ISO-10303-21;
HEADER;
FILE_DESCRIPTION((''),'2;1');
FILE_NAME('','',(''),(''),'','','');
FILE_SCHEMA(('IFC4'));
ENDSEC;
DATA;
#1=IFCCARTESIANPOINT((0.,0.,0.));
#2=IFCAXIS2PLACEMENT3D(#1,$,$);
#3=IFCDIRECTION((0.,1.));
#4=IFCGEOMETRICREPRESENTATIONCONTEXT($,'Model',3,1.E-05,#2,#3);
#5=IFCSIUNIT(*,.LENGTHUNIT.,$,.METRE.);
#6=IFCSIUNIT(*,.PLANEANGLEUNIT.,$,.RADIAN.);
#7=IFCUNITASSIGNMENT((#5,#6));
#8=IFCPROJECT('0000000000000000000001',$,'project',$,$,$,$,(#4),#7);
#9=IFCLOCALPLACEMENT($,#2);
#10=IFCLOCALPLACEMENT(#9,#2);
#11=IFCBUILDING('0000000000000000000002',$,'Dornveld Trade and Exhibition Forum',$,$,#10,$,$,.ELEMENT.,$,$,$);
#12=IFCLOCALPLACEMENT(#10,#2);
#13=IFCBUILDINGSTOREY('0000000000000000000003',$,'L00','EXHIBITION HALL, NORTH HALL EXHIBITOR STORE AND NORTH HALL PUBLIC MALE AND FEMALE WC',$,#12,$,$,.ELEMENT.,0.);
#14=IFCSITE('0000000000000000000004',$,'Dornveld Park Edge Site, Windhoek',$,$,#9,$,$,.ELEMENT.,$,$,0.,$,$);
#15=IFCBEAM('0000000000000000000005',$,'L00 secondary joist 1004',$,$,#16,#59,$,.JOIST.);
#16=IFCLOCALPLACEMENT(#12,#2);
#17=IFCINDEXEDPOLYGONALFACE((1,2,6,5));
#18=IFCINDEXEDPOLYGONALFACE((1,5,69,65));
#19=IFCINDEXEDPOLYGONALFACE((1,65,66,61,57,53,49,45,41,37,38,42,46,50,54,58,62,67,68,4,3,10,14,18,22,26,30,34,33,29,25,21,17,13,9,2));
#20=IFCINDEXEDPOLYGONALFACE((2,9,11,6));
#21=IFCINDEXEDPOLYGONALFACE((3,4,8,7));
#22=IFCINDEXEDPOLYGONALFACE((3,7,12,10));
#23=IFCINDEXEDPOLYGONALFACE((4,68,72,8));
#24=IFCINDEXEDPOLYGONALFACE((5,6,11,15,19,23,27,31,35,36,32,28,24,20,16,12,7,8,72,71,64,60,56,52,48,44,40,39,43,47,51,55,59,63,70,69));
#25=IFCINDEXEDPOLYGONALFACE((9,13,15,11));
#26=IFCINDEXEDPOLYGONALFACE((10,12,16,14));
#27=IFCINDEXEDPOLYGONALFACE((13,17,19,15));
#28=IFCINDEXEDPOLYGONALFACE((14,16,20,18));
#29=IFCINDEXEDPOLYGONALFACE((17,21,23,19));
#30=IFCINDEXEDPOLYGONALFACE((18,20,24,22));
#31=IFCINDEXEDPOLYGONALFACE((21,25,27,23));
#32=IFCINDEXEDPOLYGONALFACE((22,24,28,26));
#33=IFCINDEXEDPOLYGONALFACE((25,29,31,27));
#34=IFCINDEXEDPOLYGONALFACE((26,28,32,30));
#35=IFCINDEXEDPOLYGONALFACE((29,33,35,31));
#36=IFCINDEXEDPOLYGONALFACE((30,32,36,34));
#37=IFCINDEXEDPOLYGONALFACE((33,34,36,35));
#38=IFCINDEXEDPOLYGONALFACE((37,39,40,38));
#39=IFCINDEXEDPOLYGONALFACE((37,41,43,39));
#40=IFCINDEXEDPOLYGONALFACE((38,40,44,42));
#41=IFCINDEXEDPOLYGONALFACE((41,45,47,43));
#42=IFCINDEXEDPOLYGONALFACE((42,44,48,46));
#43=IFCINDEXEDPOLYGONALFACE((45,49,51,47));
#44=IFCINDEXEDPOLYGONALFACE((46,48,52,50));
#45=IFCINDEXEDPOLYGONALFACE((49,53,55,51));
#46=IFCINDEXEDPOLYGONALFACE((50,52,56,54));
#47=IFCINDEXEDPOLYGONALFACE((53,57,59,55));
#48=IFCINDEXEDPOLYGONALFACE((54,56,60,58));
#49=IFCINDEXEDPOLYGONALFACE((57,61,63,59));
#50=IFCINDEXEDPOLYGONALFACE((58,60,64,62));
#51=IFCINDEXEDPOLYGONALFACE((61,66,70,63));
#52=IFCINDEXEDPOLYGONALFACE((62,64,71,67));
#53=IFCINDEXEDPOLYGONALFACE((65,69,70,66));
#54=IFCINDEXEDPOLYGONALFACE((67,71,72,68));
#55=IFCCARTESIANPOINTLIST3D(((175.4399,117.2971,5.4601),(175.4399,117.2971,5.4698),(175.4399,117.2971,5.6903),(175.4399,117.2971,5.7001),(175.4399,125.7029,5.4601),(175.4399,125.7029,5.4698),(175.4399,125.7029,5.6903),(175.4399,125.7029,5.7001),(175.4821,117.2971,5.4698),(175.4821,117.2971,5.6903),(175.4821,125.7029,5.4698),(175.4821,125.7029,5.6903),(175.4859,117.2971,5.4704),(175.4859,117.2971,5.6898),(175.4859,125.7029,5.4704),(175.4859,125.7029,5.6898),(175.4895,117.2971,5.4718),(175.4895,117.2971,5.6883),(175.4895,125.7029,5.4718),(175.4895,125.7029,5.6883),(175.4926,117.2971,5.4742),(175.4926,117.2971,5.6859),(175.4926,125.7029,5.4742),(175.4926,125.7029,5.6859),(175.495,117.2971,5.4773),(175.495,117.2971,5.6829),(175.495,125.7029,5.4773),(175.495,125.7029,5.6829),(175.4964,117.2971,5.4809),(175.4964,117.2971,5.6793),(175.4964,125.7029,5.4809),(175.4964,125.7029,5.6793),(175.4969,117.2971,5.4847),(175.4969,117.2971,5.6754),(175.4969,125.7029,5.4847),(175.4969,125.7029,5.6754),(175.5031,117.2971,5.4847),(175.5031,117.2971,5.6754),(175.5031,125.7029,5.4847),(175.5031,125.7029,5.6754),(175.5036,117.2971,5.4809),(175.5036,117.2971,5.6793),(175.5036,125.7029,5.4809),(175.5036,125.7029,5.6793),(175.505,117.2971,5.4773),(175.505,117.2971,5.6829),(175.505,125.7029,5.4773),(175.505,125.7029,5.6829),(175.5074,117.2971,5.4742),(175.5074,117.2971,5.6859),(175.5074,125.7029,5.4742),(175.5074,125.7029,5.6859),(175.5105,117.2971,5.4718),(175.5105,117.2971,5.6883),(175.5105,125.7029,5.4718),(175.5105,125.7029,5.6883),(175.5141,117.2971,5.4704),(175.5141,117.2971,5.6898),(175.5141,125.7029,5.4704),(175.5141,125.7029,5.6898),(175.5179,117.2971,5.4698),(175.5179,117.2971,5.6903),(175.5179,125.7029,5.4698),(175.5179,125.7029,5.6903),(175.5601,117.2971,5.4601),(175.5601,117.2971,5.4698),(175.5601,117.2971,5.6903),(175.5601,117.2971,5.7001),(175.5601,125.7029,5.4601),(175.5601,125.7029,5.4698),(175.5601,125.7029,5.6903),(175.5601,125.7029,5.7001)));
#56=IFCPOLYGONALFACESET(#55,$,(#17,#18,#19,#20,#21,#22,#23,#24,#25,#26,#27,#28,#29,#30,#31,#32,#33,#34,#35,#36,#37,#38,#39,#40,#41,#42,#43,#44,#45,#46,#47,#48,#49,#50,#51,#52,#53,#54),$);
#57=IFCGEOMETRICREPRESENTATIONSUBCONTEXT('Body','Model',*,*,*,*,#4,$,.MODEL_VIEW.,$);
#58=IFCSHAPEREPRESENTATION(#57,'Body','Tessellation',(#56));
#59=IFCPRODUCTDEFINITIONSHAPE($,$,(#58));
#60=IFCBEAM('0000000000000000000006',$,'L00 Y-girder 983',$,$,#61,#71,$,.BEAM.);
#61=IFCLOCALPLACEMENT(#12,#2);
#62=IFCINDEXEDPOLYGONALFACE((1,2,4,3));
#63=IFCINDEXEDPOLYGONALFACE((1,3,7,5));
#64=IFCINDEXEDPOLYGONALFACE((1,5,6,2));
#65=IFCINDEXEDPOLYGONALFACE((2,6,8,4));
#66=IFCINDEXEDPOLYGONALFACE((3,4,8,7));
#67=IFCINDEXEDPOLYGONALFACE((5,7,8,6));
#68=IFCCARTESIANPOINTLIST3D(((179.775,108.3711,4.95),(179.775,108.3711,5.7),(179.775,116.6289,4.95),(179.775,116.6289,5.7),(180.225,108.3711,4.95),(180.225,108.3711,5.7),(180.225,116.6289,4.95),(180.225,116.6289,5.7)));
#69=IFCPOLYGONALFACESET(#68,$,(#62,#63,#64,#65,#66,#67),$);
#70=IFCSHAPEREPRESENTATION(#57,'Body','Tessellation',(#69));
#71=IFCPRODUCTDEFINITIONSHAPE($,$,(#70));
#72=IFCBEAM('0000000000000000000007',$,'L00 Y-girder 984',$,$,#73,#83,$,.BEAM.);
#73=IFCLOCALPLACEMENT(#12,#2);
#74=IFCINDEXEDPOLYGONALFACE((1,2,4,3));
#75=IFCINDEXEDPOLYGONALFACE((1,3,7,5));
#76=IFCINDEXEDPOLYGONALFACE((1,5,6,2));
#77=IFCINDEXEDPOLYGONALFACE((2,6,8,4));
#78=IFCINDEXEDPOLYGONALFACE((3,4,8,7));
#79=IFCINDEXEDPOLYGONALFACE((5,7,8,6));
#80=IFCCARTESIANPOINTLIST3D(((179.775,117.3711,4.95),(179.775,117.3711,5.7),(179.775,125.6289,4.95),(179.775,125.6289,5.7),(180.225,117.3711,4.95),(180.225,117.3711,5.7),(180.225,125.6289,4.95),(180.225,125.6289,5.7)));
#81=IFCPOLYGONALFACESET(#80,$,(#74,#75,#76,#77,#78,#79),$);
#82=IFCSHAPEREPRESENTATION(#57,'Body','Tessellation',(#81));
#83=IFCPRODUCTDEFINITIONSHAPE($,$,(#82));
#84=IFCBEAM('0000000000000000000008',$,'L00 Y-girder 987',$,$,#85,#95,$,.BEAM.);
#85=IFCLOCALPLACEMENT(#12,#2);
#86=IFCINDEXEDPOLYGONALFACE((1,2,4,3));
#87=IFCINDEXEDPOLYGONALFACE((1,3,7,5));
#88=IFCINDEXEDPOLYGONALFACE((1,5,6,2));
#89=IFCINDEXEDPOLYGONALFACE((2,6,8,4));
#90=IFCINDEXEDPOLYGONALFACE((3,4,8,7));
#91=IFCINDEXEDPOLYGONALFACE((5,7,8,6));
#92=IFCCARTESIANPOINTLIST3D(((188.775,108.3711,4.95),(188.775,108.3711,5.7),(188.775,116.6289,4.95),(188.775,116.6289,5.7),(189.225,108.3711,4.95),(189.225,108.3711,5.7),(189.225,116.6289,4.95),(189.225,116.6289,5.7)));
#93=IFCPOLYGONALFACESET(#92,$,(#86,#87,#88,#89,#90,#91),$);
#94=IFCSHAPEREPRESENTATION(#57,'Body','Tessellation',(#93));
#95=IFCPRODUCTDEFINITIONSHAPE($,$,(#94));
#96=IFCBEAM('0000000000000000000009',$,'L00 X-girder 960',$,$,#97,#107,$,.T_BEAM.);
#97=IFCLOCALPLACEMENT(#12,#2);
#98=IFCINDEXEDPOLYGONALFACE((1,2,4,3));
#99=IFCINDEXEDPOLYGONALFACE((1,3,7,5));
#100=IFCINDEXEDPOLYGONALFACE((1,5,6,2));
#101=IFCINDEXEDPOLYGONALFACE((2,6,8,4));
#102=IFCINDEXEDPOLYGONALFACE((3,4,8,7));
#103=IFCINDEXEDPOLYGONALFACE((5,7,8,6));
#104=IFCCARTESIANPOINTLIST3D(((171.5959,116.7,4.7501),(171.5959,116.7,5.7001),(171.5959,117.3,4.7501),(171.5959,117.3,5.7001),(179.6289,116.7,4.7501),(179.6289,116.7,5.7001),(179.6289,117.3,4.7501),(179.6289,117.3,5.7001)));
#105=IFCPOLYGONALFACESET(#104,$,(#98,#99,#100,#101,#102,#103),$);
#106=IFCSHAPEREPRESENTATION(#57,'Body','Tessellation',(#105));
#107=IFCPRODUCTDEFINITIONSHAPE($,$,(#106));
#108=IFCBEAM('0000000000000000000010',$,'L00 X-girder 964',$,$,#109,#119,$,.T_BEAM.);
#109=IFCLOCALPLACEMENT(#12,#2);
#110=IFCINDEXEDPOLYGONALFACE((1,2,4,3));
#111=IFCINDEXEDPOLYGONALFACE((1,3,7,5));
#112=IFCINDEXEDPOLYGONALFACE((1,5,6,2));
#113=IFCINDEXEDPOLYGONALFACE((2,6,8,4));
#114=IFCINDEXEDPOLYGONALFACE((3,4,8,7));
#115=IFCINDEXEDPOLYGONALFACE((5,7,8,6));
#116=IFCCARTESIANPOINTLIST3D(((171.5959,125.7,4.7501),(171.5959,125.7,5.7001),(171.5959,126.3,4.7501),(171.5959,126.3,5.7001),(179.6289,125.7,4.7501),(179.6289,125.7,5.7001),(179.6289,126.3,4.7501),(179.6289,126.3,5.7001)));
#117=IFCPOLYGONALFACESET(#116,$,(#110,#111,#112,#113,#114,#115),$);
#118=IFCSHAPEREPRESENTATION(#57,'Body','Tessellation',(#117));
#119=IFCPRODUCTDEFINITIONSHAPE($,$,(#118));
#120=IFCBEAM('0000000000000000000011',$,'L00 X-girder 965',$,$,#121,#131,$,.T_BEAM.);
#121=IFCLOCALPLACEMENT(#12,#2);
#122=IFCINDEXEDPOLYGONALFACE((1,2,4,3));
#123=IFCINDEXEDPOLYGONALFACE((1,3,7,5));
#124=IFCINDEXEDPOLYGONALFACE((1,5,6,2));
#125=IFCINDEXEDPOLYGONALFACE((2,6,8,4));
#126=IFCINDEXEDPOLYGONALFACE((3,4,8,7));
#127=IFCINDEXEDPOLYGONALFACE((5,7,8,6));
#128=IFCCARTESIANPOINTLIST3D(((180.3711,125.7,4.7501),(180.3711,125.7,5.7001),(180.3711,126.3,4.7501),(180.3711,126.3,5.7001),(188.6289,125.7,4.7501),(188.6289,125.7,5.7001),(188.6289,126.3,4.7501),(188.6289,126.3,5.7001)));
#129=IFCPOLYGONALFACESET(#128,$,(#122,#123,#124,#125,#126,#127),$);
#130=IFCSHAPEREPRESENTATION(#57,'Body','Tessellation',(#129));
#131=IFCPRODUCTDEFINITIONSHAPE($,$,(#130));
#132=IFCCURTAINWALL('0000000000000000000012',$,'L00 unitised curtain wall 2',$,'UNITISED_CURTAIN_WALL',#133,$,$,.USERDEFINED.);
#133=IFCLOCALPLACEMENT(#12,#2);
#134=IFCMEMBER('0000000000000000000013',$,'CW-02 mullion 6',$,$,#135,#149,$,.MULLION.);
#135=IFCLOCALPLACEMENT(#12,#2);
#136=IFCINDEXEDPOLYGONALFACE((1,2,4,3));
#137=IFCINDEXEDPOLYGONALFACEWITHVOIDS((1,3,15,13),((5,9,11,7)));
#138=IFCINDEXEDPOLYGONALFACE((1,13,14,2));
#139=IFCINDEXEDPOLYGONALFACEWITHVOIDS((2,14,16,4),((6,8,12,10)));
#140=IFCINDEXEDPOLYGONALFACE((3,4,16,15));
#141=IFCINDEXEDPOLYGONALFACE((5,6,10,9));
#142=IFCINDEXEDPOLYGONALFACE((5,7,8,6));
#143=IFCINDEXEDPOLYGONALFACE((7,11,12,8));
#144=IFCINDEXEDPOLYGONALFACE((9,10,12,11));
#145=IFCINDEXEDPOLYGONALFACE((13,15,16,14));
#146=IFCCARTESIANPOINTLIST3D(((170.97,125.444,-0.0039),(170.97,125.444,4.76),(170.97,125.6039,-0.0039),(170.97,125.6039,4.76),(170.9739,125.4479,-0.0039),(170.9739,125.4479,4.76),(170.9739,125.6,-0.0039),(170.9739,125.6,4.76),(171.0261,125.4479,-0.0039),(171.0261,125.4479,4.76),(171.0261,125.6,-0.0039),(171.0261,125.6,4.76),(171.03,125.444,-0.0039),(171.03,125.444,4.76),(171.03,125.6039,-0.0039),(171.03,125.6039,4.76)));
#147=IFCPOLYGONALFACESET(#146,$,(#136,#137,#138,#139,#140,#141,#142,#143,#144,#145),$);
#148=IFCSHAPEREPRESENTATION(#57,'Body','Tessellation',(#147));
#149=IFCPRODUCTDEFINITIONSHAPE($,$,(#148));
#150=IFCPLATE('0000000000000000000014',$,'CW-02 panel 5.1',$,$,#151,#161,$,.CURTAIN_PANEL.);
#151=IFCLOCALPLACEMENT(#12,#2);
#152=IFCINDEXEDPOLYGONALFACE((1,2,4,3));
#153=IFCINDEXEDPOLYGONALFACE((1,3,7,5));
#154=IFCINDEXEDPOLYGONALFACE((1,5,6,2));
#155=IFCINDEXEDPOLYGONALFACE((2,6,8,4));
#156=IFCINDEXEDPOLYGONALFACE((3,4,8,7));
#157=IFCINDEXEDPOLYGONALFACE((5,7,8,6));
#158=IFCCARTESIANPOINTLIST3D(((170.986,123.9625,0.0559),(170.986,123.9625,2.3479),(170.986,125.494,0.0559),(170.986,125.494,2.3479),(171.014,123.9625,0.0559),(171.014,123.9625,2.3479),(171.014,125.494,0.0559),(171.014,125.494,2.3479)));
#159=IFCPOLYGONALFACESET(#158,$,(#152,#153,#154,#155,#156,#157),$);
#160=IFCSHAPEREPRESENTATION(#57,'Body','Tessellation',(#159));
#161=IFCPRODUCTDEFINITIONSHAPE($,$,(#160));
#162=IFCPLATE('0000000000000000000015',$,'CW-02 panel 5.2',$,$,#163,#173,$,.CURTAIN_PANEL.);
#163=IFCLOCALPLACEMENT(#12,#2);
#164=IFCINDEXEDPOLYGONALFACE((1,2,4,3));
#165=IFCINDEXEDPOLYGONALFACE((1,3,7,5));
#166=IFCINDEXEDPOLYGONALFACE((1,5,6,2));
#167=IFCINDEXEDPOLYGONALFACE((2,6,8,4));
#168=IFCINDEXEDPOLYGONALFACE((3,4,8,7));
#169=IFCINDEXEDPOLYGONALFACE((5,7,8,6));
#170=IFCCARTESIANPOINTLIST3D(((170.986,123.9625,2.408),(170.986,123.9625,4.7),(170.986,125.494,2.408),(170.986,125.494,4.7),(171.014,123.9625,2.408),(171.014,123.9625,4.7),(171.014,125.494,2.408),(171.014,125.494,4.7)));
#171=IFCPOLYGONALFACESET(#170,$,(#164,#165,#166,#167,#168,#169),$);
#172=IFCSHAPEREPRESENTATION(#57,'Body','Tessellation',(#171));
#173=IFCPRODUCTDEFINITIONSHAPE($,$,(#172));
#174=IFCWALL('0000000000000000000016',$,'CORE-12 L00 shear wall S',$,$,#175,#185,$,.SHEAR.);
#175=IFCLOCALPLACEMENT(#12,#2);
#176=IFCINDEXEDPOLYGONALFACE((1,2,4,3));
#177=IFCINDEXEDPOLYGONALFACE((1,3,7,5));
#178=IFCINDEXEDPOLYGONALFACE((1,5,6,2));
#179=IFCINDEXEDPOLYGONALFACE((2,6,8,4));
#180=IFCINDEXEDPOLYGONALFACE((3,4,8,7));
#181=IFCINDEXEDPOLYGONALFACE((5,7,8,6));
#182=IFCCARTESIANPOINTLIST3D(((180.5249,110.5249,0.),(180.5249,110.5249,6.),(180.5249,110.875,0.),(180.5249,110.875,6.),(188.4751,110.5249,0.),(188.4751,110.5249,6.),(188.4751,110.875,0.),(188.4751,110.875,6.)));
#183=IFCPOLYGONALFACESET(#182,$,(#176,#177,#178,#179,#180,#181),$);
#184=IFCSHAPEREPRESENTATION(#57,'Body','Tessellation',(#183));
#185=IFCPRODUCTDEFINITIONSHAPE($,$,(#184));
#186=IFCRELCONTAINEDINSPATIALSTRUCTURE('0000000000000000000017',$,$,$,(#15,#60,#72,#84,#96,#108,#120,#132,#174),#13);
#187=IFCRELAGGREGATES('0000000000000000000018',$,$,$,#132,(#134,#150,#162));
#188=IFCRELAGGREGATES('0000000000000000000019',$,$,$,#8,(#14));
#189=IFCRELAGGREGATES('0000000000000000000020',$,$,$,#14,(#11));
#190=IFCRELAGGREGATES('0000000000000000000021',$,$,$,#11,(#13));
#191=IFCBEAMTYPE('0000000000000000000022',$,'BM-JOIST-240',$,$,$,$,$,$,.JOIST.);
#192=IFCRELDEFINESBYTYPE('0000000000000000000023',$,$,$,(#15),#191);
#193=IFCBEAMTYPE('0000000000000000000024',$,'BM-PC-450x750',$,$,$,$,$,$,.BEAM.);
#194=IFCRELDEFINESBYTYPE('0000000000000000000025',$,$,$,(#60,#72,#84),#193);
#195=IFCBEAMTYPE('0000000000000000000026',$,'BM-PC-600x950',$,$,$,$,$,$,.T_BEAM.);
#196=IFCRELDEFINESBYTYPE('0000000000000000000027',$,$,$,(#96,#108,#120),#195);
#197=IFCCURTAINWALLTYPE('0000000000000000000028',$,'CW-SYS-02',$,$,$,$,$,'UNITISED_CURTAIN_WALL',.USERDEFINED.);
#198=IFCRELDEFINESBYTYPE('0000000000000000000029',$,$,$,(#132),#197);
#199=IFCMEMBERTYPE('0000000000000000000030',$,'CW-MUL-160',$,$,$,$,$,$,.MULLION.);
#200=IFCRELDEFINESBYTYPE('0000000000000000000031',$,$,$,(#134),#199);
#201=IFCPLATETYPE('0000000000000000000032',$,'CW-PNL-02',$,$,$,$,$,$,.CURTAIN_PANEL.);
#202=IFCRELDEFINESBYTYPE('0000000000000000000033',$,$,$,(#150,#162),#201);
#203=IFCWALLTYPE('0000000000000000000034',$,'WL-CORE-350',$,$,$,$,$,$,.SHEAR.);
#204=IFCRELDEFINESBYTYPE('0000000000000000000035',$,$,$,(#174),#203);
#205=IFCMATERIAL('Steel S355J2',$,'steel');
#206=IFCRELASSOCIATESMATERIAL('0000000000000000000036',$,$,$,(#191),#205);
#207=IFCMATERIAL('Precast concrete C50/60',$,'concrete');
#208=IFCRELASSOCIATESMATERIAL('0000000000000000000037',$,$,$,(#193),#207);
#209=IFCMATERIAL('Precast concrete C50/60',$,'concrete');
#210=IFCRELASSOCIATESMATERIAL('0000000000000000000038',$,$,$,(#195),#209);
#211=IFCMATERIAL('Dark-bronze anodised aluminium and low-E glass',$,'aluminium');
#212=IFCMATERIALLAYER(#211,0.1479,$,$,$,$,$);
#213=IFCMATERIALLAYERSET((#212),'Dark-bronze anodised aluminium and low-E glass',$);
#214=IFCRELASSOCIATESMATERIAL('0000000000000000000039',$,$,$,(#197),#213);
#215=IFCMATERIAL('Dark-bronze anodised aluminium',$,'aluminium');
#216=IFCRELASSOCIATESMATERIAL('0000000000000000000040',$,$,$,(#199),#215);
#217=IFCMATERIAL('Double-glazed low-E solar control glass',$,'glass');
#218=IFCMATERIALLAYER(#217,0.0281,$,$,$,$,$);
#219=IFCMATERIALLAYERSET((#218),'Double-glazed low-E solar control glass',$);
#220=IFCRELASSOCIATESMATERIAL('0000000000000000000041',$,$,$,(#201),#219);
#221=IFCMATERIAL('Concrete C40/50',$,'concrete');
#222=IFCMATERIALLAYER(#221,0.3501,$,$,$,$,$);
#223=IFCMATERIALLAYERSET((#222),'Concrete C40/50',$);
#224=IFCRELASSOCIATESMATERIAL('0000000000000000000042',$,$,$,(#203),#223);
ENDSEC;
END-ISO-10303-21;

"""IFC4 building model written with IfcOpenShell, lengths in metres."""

from ifc_helpers import new_model, si_unit, direction, frame, frame_2d, origin, origin_2d, place, context, subcontext, project, spatial, rectangle, hollow_rectangle, i_section, extrude, material, layer, layer_set, material_profile, profile_set, type_object, element, aggregate, save


model = new_model("IFC4")

# Units and contexts
model_context = context("Model", 3, precision=1e-05, world=origin(), true_north=direction((0.0, 1.0)))
body_context = subcontext(model_context, "Body", "Model", "MODEL_VIEW")
ifc_project = project(units=[si_unit("LENGTHUNIT", "METRE"), si_unit("PLANEANGLEUNIT", "RADIAN")], contexts=[model_context])

# Site, building, storey
site_placement = place(None, origin())
site = spatial("IfcSite", under=ifc_project, at=site_placement, Name="Dornveld Park Edge Site, Windhoek", CompositionType="ELEMENT", RefElevation=0.0)
building_placement = place(site_placement, origin())
building = spatial("IfcBuilding", under=site, at=building_placement, Name="Dornveld Trade and Exhibition Forum", CompositionType="ELEMENT")
storey_placement = place(building_placement, origin())
storey = spatial("IfcBuildingStorey", under=building, at=storey_placement, Name="L00", Description="EXHIBITION HALL, NORTH HALL EXHIBITOR STORE AND NORTH HALL PUBLIC MALE AND FEMALE WC", CompositionType="ELEMENT", Elevation=0.0)

# Beams
ifc_material_1 = material(Name="Steel S355J2", Category="steel")
ifc_material_profile_1 = material_profile(ifc_material_1, i_section(OverallWidth=0.1201, OverallDepth=0.24, WebThickness=0.0061, FlangeThickness=0.0098, FilletRadius=0.0149, at=origin_2d()), Name="IPE 240")
ifc_profile_set_1 = profile_set([ifc_material_profile_1], Name="Steel S355J2")
beam_type_1 = type_object("IfcBeamType", Name="BM-JOIST-240", PredefinedType="JOIST", material=ifc_profile_set_1)
for number, where, z_axis, x_axis, name in (
    (1, (175.5, 117.2971, 5.5801), (0.0, 1.0, 0.0), (-1.0, 0.0, 0.0), "L00 secondary joist 1004"),
):
    element("IfcBeam", number, at=place(storey_placement, frame(where, z_axis=z_axis, x_axis=x_axis)), inside=storey, type_object=beam_type_1, Name=name, PredefinedType="JOIST", context=body_context, shape_type="SweptSolid", body=[
        extrude(i_section(OverallWidth=0.1201, OverallDepth=0.24, WebThickness=0.0061, FlangeThickness=0.0098, FilletRadius=0.0149, at=origin_2d()), origin(), (0.0, 0.0, 1.0), 8.4058),
    ])
ifc_material_2 = material(Name="Precast concrete C50/60", Category="concrete")
ifc_material_profile_2 = material_profile(ifc_material_2, rectangle(XDim=0.45, YDim=0.75, at=origin_2d()), Name="PC-BM 450x750")
ifc_profile_set_2 = profile_set([ifc_material_profile_2], Name="Precast concrete C50/60")
beam_type_2 = type_object("IfcBeamType", Name="BM-PC-450x750", PredefinedType="BEAM", material=ifc_profile_set_2)
for number, where, z_axis, x_axis, name in (
    (2, (180.0, 108.3711, 5.325), (0.0, 1.0, 0.0), (-1.0, 0.0, 0.0), "L00 Y-girder 983"),
    (3, (180.0, 117.3711, 5.325), (0.0, 1.0, 0.0), (-1.0, 0.0, 0.0), "L00 Y-girder 984"),
    (4, (189.0, 108.3711, 5.325), (0.0, 1.0, 0.0), (-1.0, 0.0, 0.0), "L00 Y-girder 987"),
):
    element("IfcBeam", number, at=place(storey_placement, frame(where, z_axis=z_axis, x_axis=x_axis)), inside=storey, type_object=beam_type_2, Name=name, PredefinedType="BEAM", context=body_context, shape_type="SweptSolid", body=[
        extrude(rectangle(XDim=0.45, YDim=0.75, at=origin_2d()), origin(), (0.0, 0.0, 1.0), 8.2578),
    ])
ifc_material_3 = material(Name="Precast concrete C50/60", Category="concrete")
ifc_material_profile_3 = material_profile(ifc_material_3, rectangle(XDim=0.6001, YDim=0.95, at=origin_2d()), Name="PC-GIR 600x950")
ifc_profile_set_3 = profile_set([ifc_material_profile_3], Name="Precast concrete C50/60")
beam_type_3 = type_object("IfcBeamType", Name="BM-PC-600x950", PredefinedType="T_BEAM", material=ifc_profile_set_3)
for number, where, z_axis, x_axis, name in (
    (5, (171.5959, 117.0, 5.2251), (1.0, 0.0, 0.0), (0.0, 1.0, 0.0), "L00 X-girder 960"),
    (6, (171.5959, 126.0, 5.2251), (1.0, 0.0, 0.0), (0.0, 1.0, 0.0), "L00 X-girder 964"),
):
    element("IfcBeam", number, at=place(storey_placement, frame(where, z_axis=z_axis, x_axis=x_axis)), inside=storey, type_object=beam_type_3, Name=name, PredefinedType="T_BEAM", context=body_context, shape_type="SweptSolid", body=[
        extrude(rectangle(XDim=0.6001, YDim=0.95, at=origin_2d()), origin(), (0.0, 0.0, 1.0), 8.033),
    ])
beam_placement = place(storey_placement, frame((180.3711, 126.0, 5.2251), z_axis=(1.0, 0.0, 0.0), x_axis=(0.0, 1.0, 0.0)))
element("IfcBeam", 7, at=beam_placement, inside=storey, type_object=beam_type_3, Name="L00 X-girder 965", PredefinedType="T_BEAM", context=body_context, shape_type="SweptSolid", body=[
    extrude(rectangle(XDim=0.6001, YDim=0.95, at=origin_2d()), origin(), (0.0, 0.0, 1.0), 8.2578),
])

# Curtain wall, member, plates
ifc_material_4 = material(Name="Dark-bronze anodised aluminium and low-E glass", Category="aluminium")
ifc_layer_1 = layer(ifc_material_4, 0.1479)
ifc_layer_set_1 = layer_set([ifc_layer_1], Name="Dark-bronze anodised aluminium and low-E glass")
curtain_wall_type = type_object("IfcCurtainWallType", Name="CW-SYS-02", ElementType="UNITISED_CURTAIN_WALL", PredefinedType="USERDEFINED", material=ifc_layer_set_1)
curtain_wall_placement = place(storey_placement, origin())
curtain_wall = element("IfcCurtainWall", 8, at=curtain_wall_placement, inside=storey, type_object=curtain_wall_type, Name="L00 unitised curtain wall 2", ObjectType="UNITISED_CURTAIN_WALL", PredefinedType="USERDEFINED")
ifc_material_5 = material(Name="Dark-bronze anodised aluminium", Category="aluminium")
ifc_material_profile_4 = material_profile(ifc_material_5, hollow_rectangle(XDim=0.0601, YDim=0.1599, WallThickness=0.0039, at=origin_2d()), Name="RHS 160x60x4")
ifc_profile_set_4 = profile_set([ifc_material_profile_4], Name="Dark-bronze anodised aluminium")
member_type = type_object("IfcMemberType", Name="CW-MUL-160", PredefinedType="MULLION", material=ifc_profile_set_4)
member_placement = place(storey_placement, frame((171.0, 125.5239, -0.0039), z_axis=(0.0, 0.0, 1.0), x_axis=(-1.0, 0.0, 0.0)))
member = element("IfcMember", 9, at=member_placement, type_object=member_type, Name="CW-02 mullion 6", PredefinedType="MULLION", context=body_context, shape_type="SweptSolid", body=[
    extrude(hollow_rectangle(XDim=0.0601, YDim=0.1599, WallThickness=0.0039, at=origin_2d()), origin(), (0.0, 0.0, 1.0), 4.7639),
])
ifc_material_6 = material(Name="Double-glazed low-E solar control glass", Category="glass")
ifc_layer_2 = layer(ifc_material_6, 0.0281)
ifc_layer_set_2 = layer_set([ifc_layer_2], Name="Double-glazed low-E solar control glass")
plate_type = type_object("IfcPlateType", Name="CW-PNL-02", PredefinedType="CURTAIN_PANEL", material=ifc_layer_set_2)
plate_1_placement = place(storey_placement, frame((171.0, 124.7283, 0.0559), z_axis=(0.0, 0.0, 1.0), x_axis=(0.0, 1.0, 0.0)))
plate_1 = element("IfcPlate", 10, at=plate_1_placement, type_object=plate_type, Name="CW-02 panel 5.1", PredefinedType="CURTAIN_PANEL", context=body_context, shape_type="SweptSolid", body=[
    extrude(rectangle(XDim=1.5315, YDim=0.0281, at=origin_2d()), origin(), (0.0, 0.0, 1.0), 2.292),
])
plate_2_placement = place(storey_placement, frame((171.0, 124.7283, 2.408), z_axis=(0.0, 0.0, 1.0), x_axis=(0.0, 1.0, 0.0)))
plate_2 = element("IfcPlate", 11, at=plate_2_placement, type_object=plate_type, Name="CW-02 panel 5.2", PredefinedType="CURTAIN_PANEL", context=body_context, shape_type="SweptSolid", body=[
    extrude(rectangle(XDim=1.5315, YDim=0.0281, at=origin_2d()), origin(), (0.0, 0.0, 1.0), 2.292),
])
aggregate(curtain_wall, [member, plate_1, plate_2])

# Wall
ifc_material_7 = material(Name="Concrete C40/50", Category="concrete")
ifc_layer_3 = layer(ifc_material_7, 0.3501)
ifc_layer_set_3 = layer_set([ifc_layer_3], Name="Concrete C40/50")
wall_type_1 = type_object("IfcWallType", Name="WL-CORE-350", PredefinedType="SHEAR", material=ifc_layer_set_3)
wall_1_placement = place(storey_placement, frame((180.5249, 110.7, 0.0), z_axis=(0.0, 0.0, 1.0), x_axis=(1.0, 0.0, 0.0)))
element("IfcWall", 12, at=wall_1_placement, inside=storey, type_object=wall_type_1, Name="CORE-12 L00 shear wall S", PredefinedType="SHEAR", context=body_context, shape_type="SweptSolid", body=[
    extrude(rectangle(XDim=7.9502, YDim=0.3501, at=frame_2d((3.9751, 0.0))), origin(), (0.0, 0.0, 1.0), 6.0),
])

save(model, "model.ifc")
